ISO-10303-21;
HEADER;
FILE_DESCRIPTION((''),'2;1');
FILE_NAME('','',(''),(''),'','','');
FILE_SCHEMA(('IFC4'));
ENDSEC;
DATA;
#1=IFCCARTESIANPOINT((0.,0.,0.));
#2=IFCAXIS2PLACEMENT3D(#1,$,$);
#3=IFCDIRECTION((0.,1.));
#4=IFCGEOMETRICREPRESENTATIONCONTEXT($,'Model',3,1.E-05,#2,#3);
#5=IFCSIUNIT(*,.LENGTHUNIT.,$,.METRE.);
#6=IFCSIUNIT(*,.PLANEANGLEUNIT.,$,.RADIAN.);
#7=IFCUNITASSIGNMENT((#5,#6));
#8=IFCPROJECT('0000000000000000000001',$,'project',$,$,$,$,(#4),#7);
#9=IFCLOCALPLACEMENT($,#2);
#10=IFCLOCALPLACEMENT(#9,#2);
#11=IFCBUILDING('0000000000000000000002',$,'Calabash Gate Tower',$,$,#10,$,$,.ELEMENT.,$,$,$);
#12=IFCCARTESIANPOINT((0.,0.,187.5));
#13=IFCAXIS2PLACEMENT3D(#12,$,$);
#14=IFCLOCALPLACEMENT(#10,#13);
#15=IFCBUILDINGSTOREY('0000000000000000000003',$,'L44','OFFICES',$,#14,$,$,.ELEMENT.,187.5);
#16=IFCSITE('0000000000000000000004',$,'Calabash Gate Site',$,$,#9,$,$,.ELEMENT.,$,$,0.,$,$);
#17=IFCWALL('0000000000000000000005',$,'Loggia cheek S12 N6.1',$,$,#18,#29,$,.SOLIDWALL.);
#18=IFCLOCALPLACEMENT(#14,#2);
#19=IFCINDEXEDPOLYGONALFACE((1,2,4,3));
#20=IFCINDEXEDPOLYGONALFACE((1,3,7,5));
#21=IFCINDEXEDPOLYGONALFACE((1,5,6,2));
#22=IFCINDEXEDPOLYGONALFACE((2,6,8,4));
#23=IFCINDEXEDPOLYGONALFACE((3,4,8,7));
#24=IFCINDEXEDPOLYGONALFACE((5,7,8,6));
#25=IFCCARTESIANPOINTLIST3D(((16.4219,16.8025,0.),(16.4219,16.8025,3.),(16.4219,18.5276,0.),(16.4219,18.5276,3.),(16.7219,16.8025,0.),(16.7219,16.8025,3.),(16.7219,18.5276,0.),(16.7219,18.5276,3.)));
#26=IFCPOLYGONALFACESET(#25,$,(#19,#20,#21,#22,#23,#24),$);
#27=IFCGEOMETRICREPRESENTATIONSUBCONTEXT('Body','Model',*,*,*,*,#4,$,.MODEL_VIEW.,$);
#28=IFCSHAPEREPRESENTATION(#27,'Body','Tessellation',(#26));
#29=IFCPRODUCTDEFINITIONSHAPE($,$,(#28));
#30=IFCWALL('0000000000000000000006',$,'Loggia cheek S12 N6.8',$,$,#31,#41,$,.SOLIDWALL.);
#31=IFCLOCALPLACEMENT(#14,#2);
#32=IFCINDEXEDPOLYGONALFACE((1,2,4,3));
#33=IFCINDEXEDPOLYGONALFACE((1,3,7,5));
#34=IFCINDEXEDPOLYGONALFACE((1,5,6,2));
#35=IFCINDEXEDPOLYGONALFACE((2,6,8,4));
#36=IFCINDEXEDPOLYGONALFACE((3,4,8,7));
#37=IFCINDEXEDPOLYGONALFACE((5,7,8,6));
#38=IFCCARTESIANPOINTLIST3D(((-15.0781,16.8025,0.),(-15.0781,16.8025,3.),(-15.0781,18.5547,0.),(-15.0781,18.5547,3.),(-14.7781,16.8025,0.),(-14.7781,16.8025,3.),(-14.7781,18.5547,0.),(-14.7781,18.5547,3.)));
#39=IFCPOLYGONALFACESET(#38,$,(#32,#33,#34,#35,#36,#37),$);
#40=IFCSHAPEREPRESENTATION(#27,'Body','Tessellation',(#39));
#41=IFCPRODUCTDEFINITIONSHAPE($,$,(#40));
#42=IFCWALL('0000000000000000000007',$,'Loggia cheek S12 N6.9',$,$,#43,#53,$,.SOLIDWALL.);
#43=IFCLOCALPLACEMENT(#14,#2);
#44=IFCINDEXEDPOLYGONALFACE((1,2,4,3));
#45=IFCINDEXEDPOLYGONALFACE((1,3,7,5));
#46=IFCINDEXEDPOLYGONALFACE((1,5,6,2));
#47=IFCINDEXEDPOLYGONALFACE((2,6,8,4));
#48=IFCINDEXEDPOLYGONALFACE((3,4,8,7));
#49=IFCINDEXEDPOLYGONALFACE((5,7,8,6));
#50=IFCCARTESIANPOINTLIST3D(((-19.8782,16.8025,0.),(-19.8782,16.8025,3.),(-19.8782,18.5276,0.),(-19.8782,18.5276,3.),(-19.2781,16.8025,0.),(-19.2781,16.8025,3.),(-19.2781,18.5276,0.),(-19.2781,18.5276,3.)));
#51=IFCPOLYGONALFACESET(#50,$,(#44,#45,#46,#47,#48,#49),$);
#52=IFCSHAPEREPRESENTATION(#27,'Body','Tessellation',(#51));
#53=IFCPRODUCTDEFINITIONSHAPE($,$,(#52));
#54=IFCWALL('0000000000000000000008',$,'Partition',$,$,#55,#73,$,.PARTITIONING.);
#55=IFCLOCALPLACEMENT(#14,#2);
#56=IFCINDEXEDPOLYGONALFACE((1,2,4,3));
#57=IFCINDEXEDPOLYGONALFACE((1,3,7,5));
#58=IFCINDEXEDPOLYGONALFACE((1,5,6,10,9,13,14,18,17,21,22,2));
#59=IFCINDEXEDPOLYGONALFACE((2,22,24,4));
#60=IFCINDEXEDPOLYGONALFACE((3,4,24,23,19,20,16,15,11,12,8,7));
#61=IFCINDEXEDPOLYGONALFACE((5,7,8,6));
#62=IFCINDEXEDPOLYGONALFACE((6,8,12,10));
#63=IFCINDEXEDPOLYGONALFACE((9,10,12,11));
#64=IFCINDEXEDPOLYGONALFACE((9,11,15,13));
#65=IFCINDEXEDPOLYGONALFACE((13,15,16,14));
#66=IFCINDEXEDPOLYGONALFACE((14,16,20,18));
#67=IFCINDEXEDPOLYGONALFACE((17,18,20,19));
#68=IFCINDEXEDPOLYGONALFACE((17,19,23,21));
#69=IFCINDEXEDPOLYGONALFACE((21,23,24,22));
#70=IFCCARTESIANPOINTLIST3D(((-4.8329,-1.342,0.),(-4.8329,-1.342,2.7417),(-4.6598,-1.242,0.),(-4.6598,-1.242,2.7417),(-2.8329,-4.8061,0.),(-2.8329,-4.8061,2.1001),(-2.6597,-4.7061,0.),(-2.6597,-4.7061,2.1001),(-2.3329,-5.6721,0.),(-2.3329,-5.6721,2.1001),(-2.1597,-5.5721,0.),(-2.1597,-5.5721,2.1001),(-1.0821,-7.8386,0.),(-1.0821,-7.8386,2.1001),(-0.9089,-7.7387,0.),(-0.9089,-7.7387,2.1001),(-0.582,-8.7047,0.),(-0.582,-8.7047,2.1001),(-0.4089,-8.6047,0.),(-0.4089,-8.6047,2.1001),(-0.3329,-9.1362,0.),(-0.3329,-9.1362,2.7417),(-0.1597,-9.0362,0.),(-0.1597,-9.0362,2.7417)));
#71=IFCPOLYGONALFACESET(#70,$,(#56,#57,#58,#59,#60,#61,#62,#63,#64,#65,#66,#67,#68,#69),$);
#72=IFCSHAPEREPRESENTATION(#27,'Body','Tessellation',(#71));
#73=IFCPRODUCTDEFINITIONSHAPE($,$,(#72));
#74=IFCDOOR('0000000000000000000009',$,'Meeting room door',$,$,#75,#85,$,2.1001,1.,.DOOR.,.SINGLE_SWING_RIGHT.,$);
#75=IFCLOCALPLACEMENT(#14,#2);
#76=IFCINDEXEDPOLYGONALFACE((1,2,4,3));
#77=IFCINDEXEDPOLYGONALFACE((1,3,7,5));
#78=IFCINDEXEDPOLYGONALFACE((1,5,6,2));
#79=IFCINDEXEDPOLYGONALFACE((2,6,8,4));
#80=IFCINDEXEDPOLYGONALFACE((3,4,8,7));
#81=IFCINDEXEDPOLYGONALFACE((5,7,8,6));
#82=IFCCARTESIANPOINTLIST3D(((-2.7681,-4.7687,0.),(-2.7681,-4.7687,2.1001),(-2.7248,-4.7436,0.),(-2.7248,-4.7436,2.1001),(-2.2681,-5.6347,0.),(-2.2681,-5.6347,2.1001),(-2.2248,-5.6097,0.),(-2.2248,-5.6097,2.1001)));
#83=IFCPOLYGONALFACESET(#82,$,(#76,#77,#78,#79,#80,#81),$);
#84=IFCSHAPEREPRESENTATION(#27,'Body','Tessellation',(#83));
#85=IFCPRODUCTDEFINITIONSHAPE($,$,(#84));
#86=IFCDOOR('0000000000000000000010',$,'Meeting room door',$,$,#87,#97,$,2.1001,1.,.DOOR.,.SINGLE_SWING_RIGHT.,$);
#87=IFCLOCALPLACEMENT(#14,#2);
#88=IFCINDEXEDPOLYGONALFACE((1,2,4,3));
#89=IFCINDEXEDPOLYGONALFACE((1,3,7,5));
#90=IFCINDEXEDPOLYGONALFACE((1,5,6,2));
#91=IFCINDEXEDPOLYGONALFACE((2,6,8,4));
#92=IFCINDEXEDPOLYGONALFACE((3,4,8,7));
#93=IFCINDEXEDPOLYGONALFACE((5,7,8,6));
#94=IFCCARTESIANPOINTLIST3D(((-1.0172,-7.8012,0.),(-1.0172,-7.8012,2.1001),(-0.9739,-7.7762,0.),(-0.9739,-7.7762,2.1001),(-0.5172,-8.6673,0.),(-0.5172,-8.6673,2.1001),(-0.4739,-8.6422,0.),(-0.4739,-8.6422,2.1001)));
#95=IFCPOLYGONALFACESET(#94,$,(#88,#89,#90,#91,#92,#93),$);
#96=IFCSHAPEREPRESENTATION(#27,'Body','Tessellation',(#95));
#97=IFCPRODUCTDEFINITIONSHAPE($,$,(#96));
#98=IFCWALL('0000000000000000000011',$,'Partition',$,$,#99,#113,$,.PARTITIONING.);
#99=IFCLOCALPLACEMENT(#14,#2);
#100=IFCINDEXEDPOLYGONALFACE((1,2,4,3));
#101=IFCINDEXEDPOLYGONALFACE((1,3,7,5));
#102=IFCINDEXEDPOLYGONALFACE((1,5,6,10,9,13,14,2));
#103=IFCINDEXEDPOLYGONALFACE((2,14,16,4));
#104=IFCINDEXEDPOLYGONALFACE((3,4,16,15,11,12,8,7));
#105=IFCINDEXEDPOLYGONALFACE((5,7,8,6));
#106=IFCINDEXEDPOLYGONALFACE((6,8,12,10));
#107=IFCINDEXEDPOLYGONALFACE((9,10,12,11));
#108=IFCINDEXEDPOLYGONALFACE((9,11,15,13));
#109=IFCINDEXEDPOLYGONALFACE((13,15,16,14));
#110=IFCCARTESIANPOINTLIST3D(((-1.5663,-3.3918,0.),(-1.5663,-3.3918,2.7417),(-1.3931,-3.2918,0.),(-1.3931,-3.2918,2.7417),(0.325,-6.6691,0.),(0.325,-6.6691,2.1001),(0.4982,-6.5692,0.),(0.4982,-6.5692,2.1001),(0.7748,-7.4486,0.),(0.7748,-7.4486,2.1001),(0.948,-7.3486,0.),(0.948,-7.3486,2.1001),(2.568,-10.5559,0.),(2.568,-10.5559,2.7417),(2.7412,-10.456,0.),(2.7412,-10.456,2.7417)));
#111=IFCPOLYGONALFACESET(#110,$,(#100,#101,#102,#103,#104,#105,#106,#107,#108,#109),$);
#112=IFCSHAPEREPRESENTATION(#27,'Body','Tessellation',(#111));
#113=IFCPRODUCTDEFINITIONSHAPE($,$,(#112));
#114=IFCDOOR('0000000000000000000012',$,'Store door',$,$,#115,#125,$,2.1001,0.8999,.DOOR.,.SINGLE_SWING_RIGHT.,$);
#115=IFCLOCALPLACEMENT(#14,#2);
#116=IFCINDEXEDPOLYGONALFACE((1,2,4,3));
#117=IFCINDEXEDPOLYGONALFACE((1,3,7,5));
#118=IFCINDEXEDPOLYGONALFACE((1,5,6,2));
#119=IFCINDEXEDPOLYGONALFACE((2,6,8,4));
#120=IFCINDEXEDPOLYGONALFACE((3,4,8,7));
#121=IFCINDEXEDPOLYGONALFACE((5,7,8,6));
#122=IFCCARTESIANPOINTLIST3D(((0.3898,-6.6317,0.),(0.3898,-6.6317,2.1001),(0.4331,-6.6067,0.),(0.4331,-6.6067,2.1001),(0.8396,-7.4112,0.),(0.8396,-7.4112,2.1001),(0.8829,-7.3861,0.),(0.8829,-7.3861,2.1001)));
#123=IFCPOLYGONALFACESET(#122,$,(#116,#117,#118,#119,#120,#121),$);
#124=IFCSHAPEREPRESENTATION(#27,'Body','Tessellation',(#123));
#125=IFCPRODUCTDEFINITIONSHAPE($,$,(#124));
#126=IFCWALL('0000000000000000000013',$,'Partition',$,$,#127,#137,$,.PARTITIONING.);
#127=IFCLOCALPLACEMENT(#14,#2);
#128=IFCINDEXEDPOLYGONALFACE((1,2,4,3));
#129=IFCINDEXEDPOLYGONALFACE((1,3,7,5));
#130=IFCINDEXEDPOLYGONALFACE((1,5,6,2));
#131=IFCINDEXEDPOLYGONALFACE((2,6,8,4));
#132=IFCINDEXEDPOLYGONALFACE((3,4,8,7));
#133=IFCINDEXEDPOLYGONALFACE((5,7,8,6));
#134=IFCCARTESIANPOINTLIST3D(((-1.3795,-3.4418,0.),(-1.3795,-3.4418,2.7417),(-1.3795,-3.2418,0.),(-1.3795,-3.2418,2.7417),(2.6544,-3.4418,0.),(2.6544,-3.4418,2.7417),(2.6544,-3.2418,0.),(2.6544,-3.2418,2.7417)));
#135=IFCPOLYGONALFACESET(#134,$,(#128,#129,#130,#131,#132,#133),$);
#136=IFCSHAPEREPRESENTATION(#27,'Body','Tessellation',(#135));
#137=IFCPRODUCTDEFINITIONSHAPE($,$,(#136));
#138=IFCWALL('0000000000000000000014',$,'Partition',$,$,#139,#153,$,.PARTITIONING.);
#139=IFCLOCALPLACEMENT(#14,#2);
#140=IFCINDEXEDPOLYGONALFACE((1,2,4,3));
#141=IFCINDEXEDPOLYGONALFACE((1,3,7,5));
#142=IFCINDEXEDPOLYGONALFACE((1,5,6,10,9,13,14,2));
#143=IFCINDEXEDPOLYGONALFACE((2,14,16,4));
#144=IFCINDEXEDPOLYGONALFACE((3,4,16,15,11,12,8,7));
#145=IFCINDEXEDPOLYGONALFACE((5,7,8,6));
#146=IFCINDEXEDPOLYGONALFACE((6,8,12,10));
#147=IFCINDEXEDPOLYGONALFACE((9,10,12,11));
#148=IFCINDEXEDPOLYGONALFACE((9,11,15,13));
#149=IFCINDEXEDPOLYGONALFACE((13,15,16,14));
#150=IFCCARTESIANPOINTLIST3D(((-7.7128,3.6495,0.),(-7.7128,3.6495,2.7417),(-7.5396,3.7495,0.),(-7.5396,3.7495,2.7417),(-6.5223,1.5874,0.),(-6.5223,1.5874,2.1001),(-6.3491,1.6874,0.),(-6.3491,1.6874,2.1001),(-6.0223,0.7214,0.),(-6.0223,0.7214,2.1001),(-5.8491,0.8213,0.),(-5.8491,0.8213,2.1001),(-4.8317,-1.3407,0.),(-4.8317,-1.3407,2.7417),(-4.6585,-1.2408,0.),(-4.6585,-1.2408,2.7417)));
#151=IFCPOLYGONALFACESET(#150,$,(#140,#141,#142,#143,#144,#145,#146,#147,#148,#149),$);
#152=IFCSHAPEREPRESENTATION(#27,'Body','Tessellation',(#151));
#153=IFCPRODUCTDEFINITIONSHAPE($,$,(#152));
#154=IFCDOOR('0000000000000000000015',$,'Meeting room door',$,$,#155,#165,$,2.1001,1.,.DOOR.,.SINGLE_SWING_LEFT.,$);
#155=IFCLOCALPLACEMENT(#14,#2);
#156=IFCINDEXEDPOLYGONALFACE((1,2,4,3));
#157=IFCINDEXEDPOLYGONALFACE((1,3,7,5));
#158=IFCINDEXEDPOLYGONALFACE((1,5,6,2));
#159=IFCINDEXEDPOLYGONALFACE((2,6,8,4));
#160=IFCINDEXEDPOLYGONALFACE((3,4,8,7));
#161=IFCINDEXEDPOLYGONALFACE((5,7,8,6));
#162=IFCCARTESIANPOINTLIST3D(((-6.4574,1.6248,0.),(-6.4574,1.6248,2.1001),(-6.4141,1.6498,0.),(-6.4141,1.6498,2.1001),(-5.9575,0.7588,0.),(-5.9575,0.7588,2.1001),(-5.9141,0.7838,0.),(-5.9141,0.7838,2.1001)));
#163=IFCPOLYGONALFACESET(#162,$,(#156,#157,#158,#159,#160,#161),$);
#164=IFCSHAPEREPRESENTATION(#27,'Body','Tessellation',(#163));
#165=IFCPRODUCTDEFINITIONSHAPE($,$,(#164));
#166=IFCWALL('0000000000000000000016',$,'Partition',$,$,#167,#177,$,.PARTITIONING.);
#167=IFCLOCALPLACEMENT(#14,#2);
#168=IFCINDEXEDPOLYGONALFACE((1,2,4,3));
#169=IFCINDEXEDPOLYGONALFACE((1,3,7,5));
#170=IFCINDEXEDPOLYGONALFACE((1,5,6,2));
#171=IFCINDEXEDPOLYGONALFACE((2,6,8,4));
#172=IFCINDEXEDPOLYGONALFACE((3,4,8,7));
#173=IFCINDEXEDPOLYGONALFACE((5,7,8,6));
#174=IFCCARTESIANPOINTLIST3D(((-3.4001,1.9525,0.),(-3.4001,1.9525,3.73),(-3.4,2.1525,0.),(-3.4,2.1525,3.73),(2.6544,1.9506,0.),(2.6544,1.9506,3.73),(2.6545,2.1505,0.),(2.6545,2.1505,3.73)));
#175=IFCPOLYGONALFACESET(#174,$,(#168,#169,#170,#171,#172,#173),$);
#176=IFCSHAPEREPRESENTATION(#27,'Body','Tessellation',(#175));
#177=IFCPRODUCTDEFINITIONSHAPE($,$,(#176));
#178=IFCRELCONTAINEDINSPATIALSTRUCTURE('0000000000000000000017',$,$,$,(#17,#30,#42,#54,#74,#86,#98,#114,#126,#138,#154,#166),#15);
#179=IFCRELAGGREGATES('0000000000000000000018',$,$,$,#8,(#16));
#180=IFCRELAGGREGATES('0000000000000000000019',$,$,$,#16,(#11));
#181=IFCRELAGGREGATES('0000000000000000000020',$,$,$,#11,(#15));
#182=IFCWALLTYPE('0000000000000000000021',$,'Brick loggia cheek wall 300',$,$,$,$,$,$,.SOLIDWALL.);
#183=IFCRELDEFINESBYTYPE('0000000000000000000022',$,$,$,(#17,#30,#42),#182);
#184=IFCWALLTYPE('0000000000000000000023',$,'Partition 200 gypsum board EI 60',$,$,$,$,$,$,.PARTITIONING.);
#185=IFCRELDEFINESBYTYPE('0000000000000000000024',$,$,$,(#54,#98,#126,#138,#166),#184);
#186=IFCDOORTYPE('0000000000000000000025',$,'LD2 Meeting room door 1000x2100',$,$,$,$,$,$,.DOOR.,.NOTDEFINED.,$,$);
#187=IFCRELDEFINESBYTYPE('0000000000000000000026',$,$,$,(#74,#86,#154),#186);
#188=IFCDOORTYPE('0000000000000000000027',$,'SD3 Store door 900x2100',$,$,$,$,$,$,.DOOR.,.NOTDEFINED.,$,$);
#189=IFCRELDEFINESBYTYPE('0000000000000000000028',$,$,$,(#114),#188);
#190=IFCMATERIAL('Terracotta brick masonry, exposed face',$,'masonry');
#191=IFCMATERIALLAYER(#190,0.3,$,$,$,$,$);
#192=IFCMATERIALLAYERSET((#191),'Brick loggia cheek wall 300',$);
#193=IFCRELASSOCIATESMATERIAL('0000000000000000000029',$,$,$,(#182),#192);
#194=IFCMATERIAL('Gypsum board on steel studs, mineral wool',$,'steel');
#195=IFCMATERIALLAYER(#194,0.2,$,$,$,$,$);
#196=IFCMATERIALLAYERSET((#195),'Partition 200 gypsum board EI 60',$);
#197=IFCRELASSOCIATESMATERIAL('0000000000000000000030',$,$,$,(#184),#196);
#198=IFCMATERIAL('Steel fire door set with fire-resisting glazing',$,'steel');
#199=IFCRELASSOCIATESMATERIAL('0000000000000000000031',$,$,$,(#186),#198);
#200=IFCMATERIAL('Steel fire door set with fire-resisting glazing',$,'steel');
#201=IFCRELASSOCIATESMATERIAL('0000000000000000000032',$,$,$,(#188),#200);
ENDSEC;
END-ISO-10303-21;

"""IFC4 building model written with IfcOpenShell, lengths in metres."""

from ifc_helpers import new_model, si_unit, direction, frame, frame_2d, origin, place, context, subcontext, project, spatial, polyline, rectangle, outline, extrude, material, layer, layer_set, type_object, element, fill, save


model = new_model("IFC4")

# Units and contexts
model_context = context("Model", 3, precision=1e-05, world=origin(), true_north=direction((0.0, 1.0)))
body_context = subcontext(model_context, "Body", "Model", "MODEL_VIEW")
ifc_project = project(units=[si_unit("LENGTHUNIT", "METRE"), si_unit("PLANEANGLEUNIT", "RADIAN")], contexts=[model_context])

# Site, building, storey
site_placement = place(None, origin())
site = spatial("IfcSite", under=ifc_project, at=site_placement, Name="Calabash Gate Site", CompositionType="ELEMENT", RefElevation=0.0)
building_placement = place(site_placement, origin())
building = spatial("IfcBuilding", under=site, at=building_placement, Name="Calabash Gate Tower", CompositionType="ELEMENT")
storey_placement = place(building_placement, frame((0.0, 0.0, 187.5)))
storey = spatial("IfcBuildingStorey", under=building, at=storey_placement, Name="L44", Description="OFFICES", CompositionType="ELEMENT", Elevation=187.5)

# Walls
ifc_material_1 = material(Name="Terracotta brick masonry, exposed face", Category="masonry")
ifc_layer_1 = layer(ifc_material_1, 0.3)
ifc_layer_set_1 = layer_set([ifc_layer_1], Name="Brick loggia cheek wall 300")
wall_type_1 = type_object("IfcWallType", Name="Brick loggia cheek wall 300", PredefinedType="SOLIDWALL", material=ifc_layer_set_1)
wall_1_placement = place(storey_placement, origin())
element("IfcWall", 1, at=wall_1_placement, inside=storey, type_object=wall_type_1, Name="Loggia cheek S12 N6.1", PredefinedType="SOLIDWALL", context=body_context, shape_type="SweptSolid", body=[
    extrude(outline(polyline([(16.4219, 18.5276), (16.4219, 16.8025), (16.7219, 16.8025), (16.7219, 18.5276), (16.4219, 18.5276)])), origin(), (0.0, 0.0, 1.0), 3.0),
])
wall_2_placement = place(storey_placement, origin())
element("IfcWall", 2, at=wall_2_placement, inside=storey, type_object=wall_type_1, Name="Loggia cheek S12 N6.8", PredefinedType="SOLIDWALL", context=body_context, shape_type="SweptSolid", body=[
    extrude(outline(polyline([(-15.0781, 16.8025), (-15.0781, 18.5547), (-14.7781, 18.5547), (-14.7781, 16.8025), (-15.0781, 16.8025)])), origin(), (0.0, 0.0, 1.0), 3.0),
])
wall_3_placement = place(storey_placement, origin())
element("IfcWall", 3, at=wall_3_placement, inside=storey, type_object=wall_type_1, Name="Loggia cheek S12 N6.9", PredefinedType="SOLIDWALL", context=body_context, shape_type="SweptSolid", body=[
    extrude(outline(polyline([(-19.8782, 18.5276), (-19.8782, 16.8025), (-19.2781, 16.8025), (-19.2781, 18.5276), (-19.8782, 18.5276)])), origin(), (0.0, 0.0, 1.0), 3.0),
])

# Wall, openings, doors
ifc_material_2 = material(Name="Gypsum board on steel studs, mineral wool", Category="steel")
ifc_layer_2 = layer(ifc_material_2, 0.2)
ifc_layer_set_2 = layer_set([ifc_layer_2], Name="Partition 200 gypsum board EI 60")
wall_type_2 = type_object("IfcWallType", Name="Partition 200 gypsum board EI 60", PredefinedType="PARTITIONING", material=ifc_layer_set_2)
wall_4_placement = place(storey_placement, frame((-4.7463, -1.292, 0.0), z_axis=(0.0, 0.0, 1.0), x_axis=(0.500002, -0.866024, 0.0)))
wall_4 = element("IfcWall", 4, at=wall_4_placement, inside=storey, type_object=wall_type_2, Name="Partition", PredefinedType="PARTITIONING", context=body_context, shape_type="SweptSolid", body=[
    extrude(rectangle(XDim=9.0, YDim=0.2, at=frame_2d((4.5, 0.0))), origin(), (0.0, 0.0, 1.0), 2.7417),
])
opening_1_placement = place(wall_4_placement, frame((4.0, 0.0, 0.0)))
opening_1 = element("IfcOpeningElement", 5, at=opening_1_placement, cuts=wall_4, PredefinedType="OPENING", context=body_context, shape_type="SweptSolid", body=[
    extrude(rectangle(XDim=1.0, YDim=2.1001, at=frame_2d((0.5, 1.05))), frame((0.0, 0.1099, 0.0), z_axis=(0.0, -1.0, 0.0), x_axis=(1.0, 0.0, 0.0)), (0.0, 0.0, 1.0), 0.22),
])
opening_2_placement = place(wall_4_placement, frame((7.5017, 0.0, 0.0)))
opening_2 = element("IfcOpeningElement", 6, at=opening_2_placement, cuts=wall_4, PredefinedType="OPENING", context=body_context, shape_type="SweptSolid", body=[
    extrude(rectangle(XDim=1.0, YDim=2.1001, at=frame_2d((0.5, 1.05))), frame((0.0, 0.1099, 0.0), z_axis=(0.0, -1.0, 0.0), x_axis=(1.0, 0.0, 0.0)), (0.0, 0.0, 1.0), 0.22),
])
ifc_material_3 = material(Name="Steel fire door set with fire-resisting glazing", Category="steel")
door_type_1 = type_object("IfcDoorType", Name="LD2 Meeting room door 1000x2100", OperationType="NOTDEFINED", PredefinedType="DOOR", material=ifc_material_3)
door_1_placement = place(opening_1_placement, origin())
door_1 = element("IfcDoor", 7, at=door_1_placement, inside=storey, type_object=door_type_1, Name="Meeting room door", OperationType="SINGLE_SWING_RIGHT", OverallHeight=2.1001, OverallWidth=1.0, PredefinedType="DOOR", context=body_context, shape_type="SweptSolid", body=[
    extrude(rectangle(XDim=1.0, YDim=2.1001, at=frame_2d((0.5, 1.05))), frame((0.0, 0.0249, 0.0), z_axis=(0.0, -1.0, 0.0), x_axis=(1.0, 0.0, 0.0)), (0.0, 0.0, 1.0), 0.05),
])
fill(opening_1, door_1)
door_2_placement = place(opening_2_placement, origin())
door_2 = element("IfcDoor", 8, at=door_2_placement, inside=storey, type_object=door_type_1, Name="Meeting room door", OperationType="SINGLE_SWING_RIGHT", OverallHeight=2.1001, OverallWidth=1.0, PredefinedType="DOOR", context=body_context, shape_type="SweptSolid", body=[
    extrude(rectangle(XDim=1.0, YDim=2.1001, at=frame_2d((0.5, 1.05))), frame((0.0, 0.0249, 0.0), z_axis=(0.0, -1.0, 0.0), x_axis=(1.0, 0.0, 0.0)), (0.0, 0.0, 1.0), 0.05),
])
fill(opening_2, door_2)

# Wall, opening, door
wall_5_placement = place(storey_placement, frame((-1.4797, -3.3418, 0.0), z_axis=(0.0, 0.0, 1.0), x_axis=(0.499828, -0.866125, 0.0)))
wall_5 = element("IfcWall", 9, at=wall_5_placement, inside=storey, type_object=wall_type_2, Name="Partition", PredefinedType="PARTITIONING", context=body_context, shape_type="SweptSolid", body=[
    extrude(rectangle(XDim=8.2715, YDim=0.2, at=frame_2d((4.1357, 0.0))), origin(), (0.0, 0.0, 1.0), 2.7417),
])
opening_3_placement = place(wall_5_placement, frame((3.7839, 0.0, 0.0)))
opening_3 = element("IfcOpeningElement", 10, at=opening_3_placement, cuts=wall_5, PredefinedType="OPENING", context=body_context, shape_type="SweptSolid", body=[
    extrude(rectangle(XDim=0.8999, YDim=2.1001, at=frame_2d((0.45, 1.05))), frame((0.0, 0.1099, 0.0), z_axis=(0.0, -1.0, 0.0), x_axis=(1.0, 0.0, 0.0)), (0.0, 0.0, 1.0), 0.22),
])
ifc_material_4 = material(Name="Steel fire door set with fire-resisting glazing", Category="steel")
door_type_2 = type_object("IfcDoorType", Name="SD3 Store door 900x2100", OperationType="NOTDEFINED", PredefinedType="DOOR", material=ifc_material_4)
door_3_placement = place(opening_3_placement, origin())
door_3 = element("IfcDoor", 11, at=door_3_placement, inside=storey, type_object=door_type_2, Name="Store door", OperationType="SINGLE_SWING_RIGHT", OverallHeight=2.1001, OverallWidth=0.8999, PredefinedType="DOOR", context=body_context, shape_type="SweptSolid", body=[
    extrude(rectangle(XDim=0.8999, YDim=2.1001, at=frame_2d((0.45, 1.05))), frame((0.0, 0.0249, 0.0), z_axis=(0.0, -1.0, 0.0), x_axis=(1.0, 0.0, 0.0)), (0.0, 0.0, 1.0), 0.05),
])
fill(opening_3, door_3)

# Wall
wall_6_placement = place(storey_placement, frame((-1.3796, -3.3418, 0.0), z_axis=(0.0, 0.0, 1.0), x_axis=(1.0, 0.0, 0.0)))
element("IfcWall", 12, at=wall_6_placement, inside=storey, type_object=wall_type_2, Name="Partition", PredefinedType="PARTITIONING", context=body_context, shape_type="SweptSolid", body=[
    extrude(rectangle(XDim=4.0339, YDim=0.2, at=frame_2d((2.0171, 0.0))), origin(), (0.0, 0.0, 1.0), 2.7417),
])

# Wall, opening, door
wall_7_placement = place(storey_placement, frame((-7.6262, 3.6995, 0.0), z_axis=(0.0, 0.0, 1.0), x_axis=(0.499999, -0.866026, 0.0)))
wall_7 = element("IfcWall", 13, at=wall_7_placement, inside=storey, type_object=wall_type_2, Name="Partition", PredefinedType="PARTITIONING", context=body_context, shape_type="SweptSolid", body=[
    extrude(rectangle(XDim=5.7622, YDim=0.2, at=frame_2d((2.8811, 0.0))), origin(), (0.0, 0.0, 1.0), 2.7417),
])
opening_4_placement = place(wall_7_placement, frame((2.3811, 0.0, 0.0)))
opening_4 = element("IfcOpeningElement", 14, at=opening_4_placement, cuts=wall_7, PredefinedType="OPENING", context=body_context, shape_type="SweptSolid", body=[
    extrude(rectangle(XDim=1.0, YDim=2.1001, at=frame_2d((0.5, 1.05))), frame((0.0, 0.1099, 0.0), z_axis=(0.0, -1.0, 0.0), x_axis=(1.0, 0.0, 0.0)), (0.0, 0.0, 1.0), 0.22),
])
door_4_placement = place(opening_4_placement, origin())
door_4 = element("IfcDoor", 15, at=door_4_placement, inside=storey, type_object=door_type_1, Name="Meeting room door", OperationType="SINGLE_SWING_LEFT", OverallHeight=2.1001, OverallWidth=1.0, PredefinedType="DOOR", context=body_context, shape_type="SweptSolid", body=[
    extrude(rectangle(XDim=1.0, YDim=2.1001, at=frame_2d((0.5, 1.05))), frame((0.0, 0.0249, 0.0), z_axis=(0.0, -1.0, 0.0), x_axis=(1.0, 0.0, 0.0)), (0.0, 0.0, 1.0), 0.05),
])
fill(opening_4, door_4)

# Wall
wall_8_placement = place(storey_placement, frame((-3.4001, 2.0525, 0.0), z_axis=(0.0, 0.0, 1.0), x_axis=(1.0, -0.000323, 0.0)))
element("IfcWall", 16, at=wall_8_placement, inside=storey, type_object=wall_type_2, Name="Partition", PredefinedType="PARTITIONING", context=body_context, shape_type="SweptSolid", body=[
    extrude(rectangle(XDim=6.0544, YDim=0.2, at=frame_2d((3.0273, 0.0))), origin(), (0.0, 0.0, 1.0), 3.73),
])

save(model, "model.ifc")
